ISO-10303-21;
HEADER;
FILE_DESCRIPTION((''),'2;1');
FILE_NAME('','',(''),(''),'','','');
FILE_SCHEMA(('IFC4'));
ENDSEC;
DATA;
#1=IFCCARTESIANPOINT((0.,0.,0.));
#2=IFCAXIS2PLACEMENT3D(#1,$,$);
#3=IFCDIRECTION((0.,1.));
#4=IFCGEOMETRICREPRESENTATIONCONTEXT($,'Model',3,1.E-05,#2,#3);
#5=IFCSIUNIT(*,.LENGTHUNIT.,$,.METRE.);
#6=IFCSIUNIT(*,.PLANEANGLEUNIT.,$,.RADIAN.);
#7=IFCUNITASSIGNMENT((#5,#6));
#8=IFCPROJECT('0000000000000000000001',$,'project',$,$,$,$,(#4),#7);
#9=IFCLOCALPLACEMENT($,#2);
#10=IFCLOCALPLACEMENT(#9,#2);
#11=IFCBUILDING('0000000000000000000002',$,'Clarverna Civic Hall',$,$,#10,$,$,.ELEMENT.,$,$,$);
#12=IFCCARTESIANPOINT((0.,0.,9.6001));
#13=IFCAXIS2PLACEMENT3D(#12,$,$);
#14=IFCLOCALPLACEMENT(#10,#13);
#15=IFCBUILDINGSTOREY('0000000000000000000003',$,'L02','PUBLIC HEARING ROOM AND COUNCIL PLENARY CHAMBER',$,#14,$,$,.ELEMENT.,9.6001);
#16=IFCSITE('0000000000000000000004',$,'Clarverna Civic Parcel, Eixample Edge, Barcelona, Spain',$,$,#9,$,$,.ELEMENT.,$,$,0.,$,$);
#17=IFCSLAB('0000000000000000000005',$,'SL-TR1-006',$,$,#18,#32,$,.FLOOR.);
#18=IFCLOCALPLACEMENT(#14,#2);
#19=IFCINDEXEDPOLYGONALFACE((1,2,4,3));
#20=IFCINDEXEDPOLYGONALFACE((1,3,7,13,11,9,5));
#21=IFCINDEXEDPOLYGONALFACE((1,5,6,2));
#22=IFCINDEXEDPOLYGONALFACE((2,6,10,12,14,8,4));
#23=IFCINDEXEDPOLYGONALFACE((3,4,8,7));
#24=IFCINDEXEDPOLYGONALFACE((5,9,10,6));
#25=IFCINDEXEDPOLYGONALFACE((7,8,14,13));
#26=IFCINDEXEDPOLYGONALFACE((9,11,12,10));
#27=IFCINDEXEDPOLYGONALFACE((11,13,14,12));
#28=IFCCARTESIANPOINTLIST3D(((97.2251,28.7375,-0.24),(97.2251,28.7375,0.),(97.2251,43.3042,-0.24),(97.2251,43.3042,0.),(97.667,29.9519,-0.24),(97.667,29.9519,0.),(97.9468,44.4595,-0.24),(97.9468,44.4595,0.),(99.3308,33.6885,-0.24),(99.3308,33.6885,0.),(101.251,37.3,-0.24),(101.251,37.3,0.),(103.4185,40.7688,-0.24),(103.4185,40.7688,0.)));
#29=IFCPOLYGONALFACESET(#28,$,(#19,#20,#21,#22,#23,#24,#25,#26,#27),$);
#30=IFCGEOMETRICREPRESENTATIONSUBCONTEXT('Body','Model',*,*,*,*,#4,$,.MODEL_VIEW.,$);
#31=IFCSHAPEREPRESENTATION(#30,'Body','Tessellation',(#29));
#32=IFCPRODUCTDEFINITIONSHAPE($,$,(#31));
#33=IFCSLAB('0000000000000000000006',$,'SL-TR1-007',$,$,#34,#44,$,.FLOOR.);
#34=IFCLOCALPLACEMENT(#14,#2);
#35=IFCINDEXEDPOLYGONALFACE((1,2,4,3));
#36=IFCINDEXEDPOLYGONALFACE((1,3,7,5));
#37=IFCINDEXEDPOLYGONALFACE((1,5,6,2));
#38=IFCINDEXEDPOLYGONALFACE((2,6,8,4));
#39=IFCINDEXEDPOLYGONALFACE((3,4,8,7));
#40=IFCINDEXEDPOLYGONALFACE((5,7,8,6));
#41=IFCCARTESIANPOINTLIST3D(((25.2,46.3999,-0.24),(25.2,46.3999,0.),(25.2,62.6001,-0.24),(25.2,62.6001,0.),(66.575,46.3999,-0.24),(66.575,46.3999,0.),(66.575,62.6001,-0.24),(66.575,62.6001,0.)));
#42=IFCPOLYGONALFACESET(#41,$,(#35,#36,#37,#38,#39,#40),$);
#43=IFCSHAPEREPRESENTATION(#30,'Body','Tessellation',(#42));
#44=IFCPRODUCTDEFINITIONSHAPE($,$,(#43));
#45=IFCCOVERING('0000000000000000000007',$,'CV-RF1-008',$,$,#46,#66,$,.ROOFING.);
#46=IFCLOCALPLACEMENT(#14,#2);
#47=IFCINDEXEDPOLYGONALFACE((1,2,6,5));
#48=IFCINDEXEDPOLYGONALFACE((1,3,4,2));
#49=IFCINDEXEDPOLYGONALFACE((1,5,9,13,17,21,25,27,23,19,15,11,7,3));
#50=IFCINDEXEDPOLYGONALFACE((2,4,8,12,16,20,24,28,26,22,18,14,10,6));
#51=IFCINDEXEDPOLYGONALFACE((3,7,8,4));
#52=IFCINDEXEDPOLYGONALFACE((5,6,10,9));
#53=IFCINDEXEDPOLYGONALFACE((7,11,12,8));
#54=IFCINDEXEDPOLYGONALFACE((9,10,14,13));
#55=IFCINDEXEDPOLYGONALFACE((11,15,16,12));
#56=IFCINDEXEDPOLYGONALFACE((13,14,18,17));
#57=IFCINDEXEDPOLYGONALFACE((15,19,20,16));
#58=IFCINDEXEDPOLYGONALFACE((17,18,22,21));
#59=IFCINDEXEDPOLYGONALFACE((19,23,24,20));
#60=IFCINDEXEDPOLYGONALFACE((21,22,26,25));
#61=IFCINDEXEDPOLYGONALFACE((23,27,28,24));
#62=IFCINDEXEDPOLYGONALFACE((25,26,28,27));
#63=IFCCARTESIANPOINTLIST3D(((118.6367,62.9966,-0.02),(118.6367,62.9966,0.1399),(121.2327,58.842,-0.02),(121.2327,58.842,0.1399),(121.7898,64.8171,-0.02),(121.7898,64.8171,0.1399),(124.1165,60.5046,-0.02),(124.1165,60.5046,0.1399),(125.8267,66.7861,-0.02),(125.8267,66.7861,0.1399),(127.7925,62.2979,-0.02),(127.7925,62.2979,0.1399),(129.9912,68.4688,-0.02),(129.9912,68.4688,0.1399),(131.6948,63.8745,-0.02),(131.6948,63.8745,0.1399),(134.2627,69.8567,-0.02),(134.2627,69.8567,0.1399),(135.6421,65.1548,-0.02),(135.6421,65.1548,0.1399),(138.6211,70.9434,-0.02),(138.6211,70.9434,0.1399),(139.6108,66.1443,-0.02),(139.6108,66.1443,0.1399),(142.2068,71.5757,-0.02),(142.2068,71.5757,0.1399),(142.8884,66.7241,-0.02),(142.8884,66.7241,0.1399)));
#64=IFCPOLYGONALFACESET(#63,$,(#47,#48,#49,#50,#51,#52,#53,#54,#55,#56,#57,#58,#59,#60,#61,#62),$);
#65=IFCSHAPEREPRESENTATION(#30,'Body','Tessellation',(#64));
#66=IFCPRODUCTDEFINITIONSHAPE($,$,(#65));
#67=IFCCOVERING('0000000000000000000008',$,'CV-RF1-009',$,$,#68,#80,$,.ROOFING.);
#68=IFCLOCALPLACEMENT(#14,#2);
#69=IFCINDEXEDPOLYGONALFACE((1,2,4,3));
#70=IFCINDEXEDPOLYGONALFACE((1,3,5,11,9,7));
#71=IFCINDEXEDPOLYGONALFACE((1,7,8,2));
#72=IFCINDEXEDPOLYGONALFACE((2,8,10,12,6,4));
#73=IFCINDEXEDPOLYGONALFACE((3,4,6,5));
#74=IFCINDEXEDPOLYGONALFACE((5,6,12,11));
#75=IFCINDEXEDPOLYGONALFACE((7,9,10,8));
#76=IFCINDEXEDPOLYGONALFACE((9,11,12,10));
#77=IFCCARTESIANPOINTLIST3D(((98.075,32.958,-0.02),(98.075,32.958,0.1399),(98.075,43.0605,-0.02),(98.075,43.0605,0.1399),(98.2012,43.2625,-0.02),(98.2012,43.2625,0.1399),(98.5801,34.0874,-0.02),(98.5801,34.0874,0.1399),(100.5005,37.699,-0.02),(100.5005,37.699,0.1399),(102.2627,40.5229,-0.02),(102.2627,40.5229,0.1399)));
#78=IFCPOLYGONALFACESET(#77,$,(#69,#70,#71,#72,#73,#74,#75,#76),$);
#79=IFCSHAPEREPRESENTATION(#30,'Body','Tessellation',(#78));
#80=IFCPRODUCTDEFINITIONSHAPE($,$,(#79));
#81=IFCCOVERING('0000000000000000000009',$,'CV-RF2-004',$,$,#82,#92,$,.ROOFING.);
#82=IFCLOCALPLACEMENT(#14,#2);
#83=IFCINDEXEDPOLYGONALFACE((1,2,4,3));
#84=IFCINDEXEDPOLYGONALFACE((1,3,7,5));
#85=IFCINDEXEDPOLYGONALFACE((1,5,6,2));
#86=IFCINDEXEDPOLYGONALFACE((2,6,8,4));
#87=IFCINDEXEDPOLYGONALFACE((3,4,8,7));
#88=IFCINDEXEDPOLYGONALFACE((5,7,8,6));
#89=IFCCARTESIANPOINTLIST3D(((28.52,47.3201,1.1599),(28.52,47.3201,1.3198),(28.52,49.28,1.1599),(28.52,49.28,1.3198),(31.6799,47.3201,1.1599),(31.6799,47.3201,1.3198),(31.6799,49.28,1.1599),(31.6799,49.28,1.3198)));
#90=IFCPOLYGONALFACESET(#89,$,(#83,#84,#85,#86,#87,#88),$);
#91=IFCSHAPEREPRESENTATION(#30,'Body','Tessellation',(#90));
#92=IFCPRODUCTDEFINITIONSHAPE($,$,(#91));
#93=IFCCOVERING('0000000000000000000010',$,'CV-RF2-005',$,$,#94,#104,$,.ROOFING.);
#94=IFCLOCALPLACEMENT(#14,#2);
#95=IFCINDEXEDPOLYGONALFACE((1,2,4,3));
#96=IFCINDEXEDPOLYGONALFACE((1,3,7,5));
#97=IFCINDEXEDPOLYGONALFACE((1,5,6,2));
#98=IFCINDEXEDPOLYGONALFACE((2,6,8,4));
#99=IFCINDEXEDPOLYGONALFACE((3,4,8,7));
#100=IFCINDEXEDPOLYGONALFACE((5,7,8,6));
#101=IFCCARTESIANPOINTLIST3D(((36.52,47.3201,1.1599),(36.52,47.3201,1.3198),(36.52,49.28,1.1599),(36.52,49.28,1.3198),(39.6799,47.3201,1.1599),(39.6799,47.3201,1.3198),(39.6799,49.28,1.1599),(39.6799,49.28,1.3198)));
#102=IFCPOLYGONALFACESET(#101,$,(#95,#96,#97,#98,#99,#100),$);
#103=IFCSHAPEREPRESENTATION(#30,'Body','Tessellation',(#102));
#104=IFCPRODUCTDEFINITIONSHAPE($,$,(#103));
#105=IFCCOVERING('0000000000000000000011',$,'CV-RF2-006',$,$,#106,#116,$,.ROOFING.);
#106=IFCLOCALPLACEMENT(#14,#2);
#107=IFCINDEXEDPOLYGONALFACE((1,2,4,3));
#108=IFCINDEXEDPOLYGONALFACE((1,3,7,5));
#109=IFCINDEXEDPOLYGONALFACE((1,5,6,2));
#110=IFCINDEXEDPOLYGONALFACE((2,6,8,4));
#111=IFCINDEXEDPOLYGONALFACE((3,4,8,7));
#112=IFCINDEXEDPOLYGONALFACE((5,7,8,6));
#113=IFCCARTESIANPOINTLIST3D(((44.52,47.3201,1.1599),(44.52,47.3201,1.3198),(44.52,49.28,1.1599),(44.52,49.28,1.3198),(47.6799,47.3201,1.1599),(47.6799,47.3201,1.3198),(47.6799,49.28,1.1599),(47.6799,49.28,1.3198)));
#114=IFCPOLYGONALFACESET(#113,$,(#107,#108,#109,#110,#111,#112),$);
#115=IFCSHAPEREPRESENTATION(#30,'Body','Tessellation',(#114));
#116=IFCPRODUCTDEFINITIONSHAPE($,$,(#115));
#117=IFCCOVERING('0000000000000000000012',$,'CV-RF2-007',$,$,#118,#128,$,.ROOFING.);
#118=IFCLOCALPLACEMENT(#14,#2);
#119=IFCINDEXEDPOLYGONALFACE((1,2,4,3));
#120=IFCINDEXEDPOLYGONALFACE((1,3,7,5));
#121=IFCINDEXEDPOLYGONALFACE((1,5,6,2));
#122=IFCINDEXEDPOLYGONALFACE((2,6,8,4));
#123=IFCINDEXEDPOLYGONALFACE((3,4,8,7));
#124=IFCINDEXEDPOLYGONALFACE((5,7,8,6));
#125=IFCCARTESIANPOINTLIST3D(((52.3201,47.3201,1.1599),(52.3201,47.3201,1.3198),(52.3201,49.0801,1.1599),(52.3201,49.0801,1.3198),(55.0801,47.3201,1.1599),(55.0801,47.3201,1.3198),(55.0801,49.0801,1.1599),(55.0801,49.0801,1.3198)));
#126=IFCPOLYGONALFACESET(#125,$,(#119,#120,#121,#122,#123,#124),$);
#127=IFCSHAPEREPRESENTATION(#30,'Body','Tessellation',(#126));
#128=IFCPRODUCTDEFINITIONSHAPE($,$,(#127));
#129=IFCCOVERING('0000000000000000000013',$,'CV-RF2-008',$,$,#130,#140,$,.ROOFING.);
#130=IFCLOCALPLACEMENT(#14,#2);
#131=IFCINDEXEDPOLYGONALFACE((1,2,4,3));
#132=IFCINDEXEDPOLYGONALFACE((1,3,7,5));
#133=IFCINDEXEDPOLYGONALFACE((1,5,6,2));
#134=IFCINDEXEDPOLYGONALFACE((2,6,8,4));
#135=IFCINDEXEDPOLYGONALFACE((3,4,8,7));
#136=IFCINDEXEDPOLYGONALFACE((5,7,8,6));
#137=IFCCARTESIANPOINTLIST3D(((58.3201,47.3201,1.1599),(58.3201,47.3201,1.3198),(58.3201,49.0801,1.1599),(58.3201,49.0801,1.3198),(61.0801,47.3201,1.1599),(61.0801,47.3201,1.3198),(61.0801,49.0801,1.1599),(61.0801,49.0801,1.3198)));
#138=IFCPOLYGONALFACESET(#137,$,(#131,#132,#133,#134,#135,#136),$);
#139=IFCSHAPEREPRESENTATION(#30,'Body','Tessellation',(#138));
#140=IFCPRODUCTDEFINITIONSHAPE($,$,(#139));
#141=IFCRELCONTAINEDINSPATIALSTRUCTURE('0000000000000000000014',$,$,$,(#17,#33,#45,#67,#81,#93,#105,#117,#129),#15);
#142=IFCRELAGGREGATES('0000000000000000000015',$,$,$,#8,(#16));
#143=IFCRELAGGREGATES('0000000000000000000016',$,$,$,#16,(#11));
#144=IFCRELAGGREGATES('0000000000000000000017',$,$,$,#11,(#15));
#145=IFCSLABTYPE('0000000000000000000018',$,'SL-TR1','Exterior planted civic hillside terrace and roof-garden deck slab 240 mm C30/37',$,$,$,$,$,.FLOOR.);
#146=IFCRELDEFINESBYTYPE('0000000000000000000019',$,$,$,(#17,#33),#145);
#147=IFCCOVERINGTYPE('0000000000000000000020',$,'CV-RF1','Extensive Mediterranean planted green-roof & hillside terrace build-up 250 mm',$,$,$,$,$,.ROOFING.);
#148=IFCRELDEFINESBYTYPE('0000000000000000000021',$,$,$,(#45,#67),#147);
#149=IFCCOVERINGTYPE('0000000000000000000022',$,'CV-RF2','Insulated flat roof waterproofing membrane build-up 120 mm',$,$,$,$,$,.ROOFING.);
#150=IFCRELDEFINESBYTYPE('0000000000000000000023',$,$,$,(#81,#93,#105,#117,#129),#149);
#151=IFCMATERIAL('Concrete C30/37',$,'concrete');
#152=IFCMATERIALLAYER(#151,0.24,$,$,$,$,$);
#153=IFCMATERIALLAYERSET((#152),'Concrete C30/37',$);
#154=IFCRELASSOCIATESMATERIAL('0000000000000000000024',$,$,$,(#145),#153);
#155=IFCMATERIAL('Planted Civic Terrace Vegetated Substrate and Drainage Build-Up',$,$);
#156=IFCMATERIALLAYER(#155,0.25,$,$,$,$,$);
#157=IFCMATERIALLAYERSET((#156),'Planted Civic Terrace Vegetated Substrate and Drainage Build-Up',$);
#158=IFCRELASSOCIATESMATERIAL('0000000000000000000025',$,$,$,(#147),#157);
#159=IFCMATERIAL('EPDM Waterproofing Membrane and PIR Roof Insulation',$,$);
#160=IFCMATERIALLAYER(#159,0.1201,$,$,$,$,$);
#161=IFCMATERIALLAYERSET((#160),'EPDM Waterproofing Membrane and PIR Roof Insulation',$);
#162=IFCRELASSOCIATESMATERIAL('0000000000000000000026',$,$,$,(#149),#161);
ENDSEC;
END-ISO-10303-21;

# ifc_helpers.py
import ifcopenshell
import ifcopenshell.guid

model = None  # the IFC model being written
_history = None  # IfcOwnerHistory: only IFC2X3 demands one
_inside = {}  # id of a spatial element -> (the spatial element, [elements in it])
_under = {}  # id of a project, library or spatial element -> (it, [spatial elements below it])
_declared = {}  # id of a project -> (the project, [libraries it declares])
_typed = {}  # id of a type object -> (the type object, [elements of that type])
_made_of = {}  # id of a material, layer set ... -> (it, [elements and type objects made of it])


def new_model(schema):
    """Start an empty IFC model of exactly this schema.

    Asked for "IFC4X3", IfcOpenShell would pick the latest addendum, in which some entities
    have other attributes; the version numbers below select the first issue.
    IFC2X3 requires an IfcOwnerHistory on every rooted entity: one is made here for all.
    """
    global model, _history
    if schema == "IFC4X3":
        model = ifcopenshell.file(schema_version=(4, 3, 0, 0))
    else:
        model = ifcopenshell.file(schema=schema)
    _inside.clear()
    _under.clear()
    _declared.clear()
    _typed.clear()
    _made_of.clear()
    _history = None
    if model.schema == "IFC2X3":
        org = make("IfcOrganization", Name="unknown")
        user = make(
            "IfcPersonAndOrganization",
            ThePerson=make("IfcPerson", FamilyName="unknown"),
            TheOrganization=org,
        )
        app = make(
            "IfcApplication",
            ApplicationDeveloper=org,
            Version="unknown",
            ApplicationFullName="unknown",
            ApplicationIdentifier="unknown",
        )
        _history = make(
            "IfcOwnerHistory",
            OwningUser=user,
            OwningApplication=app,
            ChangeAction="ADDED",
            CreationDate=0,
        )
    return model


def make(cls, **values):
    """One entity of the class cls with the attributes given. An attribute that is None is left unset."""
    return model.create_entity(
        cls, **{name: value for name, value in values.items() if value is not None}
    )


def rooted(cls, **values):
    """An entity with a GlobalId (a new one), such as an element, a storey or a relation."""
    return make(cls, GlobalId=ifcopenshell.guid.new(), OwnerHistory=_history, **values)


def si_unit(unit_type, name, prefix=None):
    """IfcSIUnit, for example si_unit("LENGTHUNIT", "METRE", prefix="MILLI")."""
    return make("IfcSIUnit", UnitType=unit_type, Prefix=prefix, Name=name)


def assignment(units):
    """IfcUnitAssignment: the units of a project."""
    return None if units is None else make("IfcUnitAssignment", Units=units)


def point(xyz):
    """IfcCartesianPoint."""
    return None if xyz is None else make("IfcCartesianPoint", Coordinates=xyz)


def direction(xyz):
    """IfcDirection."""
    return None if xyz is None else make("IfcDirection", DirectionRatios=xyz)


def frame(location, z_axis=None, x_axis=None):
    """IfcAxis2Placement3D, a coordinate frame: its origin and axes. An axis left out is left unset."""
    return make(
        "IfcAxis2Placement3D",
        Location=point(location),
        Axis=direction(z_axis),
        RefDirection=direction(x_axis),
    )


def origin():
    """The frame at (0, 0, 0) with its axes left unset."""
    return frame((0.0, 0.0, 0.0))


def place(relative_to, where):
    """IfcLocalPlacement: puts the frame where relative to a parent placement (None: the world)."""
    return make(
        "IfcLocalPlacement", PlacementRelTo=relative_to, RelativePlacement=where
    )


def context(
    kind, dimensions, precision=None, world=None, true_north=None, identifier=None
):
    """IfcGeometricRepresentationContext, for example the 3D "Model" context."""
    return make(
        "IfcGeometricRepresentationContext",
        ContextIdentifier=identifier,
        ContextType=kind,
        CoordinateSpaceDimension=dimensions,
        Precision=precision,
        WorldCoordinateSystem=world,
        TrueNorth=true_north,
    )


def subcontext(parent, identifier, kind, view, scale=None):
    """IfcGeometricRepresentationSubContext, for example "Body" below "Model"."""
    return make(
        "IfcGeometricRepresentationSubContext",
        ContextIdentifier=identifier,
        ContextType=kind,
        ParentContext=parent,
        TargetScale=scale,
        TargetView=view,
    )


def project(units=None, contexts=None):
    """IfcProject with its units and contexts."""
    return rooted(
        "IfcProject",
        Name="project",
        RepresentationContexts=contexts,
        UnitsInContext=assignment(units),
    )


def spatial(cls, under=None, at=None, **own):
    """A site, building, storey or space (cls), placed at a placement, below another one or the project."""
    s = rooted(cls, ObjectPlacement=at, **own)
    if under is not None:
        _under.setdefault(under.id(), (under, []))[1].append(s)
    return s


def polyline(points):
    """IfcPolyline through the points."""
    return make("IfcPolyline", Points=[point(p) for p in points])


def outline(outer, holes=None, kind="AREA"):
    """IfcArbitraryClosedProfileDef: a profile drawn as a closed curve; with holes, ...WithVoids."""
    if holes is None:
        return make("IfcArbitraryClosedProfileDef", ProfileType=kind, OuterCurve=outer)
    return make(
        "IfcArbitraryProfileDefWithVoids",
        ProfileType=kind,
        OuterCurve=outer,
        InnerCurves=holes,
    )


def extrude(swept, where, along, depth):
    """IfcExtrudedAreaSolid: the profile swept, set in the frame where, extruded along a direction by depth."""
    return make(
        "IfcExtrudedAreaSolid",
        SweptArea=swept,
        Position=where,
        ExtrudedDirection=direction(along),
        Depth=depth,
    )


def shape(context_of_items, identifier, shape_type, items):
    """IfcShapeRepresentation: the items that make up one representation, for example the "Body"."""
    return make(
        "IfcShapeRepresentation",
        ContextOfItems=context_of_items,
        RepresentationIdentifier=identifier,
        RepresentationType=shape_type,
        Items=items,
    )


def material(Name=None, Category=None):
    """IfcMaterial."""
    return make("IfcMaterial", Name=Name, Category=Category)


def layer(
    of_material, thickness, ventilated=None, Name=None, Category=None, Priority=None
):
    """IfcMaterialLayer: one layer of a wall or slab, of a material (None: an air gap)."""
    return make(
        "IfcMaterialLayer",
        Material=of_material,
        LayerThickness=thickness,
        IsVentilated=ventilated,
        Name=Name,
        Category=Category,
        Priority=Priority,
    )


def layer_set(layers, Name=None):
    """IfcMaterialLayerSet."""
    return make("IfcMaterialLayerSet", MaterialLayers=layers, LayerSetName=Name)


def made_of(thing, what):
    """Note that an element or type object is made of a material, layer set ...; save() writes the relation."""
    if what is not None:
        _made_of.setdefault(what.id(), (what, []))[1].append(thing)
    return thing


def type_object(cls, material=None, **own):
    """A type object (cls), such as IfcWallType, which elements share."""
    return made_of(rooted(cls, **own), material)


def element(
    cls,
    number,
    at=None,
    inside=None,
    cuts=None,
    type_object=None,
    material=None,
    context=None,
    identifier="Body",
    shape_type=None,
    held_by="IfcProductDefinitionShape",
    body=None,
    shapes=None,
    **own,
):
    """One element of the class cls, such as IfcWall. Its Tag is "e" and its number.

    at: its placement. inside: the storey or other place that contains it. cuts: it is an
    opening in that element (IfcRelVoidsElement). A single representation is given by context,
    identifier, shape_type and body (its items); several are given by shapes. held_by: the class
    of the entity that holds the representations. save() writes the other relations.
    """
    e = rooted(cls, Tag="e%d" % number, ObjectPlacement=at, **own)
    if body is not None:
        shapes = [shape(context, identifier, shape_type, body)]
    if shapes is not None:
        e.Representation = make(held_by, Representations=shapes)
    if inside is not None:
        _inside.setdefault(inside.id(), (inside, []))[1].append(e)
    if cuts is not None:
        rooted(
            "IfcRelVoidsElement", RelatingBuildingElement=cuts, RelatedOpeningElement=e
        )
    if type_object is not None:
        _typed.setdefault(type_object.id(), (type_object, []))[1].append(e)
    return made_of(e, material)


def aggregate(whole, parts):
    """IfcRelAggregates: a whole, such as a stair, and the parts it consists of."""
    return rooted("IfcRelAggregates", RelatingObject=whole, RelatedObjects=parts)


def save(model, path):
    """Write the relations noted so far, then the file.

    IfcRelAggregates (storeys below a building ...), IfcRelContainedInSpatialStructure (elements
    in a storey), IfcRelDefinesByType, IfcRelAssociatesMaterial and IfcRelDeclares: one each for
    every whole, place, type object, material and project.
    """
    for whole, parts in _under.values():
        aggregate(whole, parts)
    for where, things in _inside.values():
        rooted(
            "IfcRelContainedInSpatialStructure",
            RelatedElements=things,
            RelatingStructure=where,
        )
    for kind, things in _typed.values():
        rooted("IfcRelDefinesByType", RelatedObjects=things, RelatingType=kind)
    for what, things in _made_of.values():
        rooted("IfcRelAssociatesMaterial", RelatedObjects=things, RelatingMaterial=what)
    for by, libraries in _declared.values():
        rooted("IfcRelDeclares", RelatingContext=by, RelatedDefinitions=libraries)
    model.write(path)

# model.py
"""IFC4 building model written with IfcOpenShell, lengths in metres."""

from ifc_helpers import new_model, si_unit, direction, frame, origin, place, context, subcontext, project, spatial, polyline, outline, extrude, material, layer, layer_set, type_object, element, save


model = new_model("IFC4")

# Units and contexts
model_context = context("Model", 3, precision=1e-05, world=origin(), true_north=direction((0.0, 1.0)))
body_context = subcontext(model_context, "Body", "Model", "MODEL_VIEW")
ifc_project = project(units=[si_unit("LENGTHUNIT", "METRE"), si_unit("PLANEANGLEUNIT", "RADIAN")], contexts=[model_context])

# Site, building, storey
site_placement = place(None, origin())
site = spatial("IfcSite", under=ifc_project, at=site_placement, Name="Clarverna Civic Parcel, Eixample Edge, Barcelona, Spain", CompositionType="ELEMENT", RefElevation=0.0)
building_placement = place(site_placement, origin())
building = spatial("IfcBuilding", under=site, at=building_placement, Name="Clarverna Civic Hall", CompositionType="ELEMENT")
storey_placement = place(building_placement, frame((0.0, 0.0, 9.6001)))
storey = spatial("IfcBuildingStorey", under=building, at=storey_placement, Name="L02", Description="PUBLIC HEARING ROOM AND COUNCIL PLENARY CHAMBER", CompositionType="ELEMENT", Elevation=9.6001)

# Shared definitions
ifc_material_1 = material(Name="Concrete C30/37", Category="concrete")

# Slabs
ifc_layer_1 = layer(ifc_material_1, 0.24)
ifc_layer_set_1 = layer_set([ifc_layer_1], Name="Concrete C30/37")
slab_type_1 = type_object("IfcSlabType", Name="SL-TR1", Description="Exterior planted civic hillside terrace and roof-garden deck slab 240 mm C30/37", PredefinedType="FLOOR", material=ifc_layer_set_1)
slab_1_placement = place(storey_placement, frame((0.0, 0.0, -0.24)))
element("IfcSlab", 1, at=slab_1_placement, inside=storey, type_object=slab_type_1, Name="SL-TR1-006", PredefinedType="FLOOR", context=body_context, shape_type="SweptSolid", body=[
    extrude(outline(polyline([(99.3308, 33.6885), (101.251, 37.3), (103.4185, 40.7688), (97.9468, 44.4595), (97.2251, 43.3042), (97.2251, 28.7375), (97.667, 29.9519), (99.3308, 33.6885)])), origin(), (0.0, 0.0, 1.0), 0.24),
])
slab_2_placement = place(storey_placement, frame((0.0, 0.0, -0.24)))
element("IfcSlab", 2, at=slab_2_placement, inside=storey, type_object=slab_type_1, Name="SL-TR1-007", PredefinedType="FLOOR", context=body_context, shape_type="SweptSolid", body=[
    extrude(outline(polyline([(25.2, 46.3999), (66.575, 46.3999), (66.575, 62.6001), (25.2, 62.6001), (25.2, 46.3999)])), origin(), (0.0, 0.0, 1.0), 0.24),
])

# Coverings
ifc_material_2 = material(Name="Planted Civic Terrace Vegetated Substrate and Drainage Build-Up")
ifc_layer_2 = layer(ifc_material_2, 0.25)
ifc_layer_set_2 = layer_set([ifc_layer_2], Name="Planted Civic Terrace Vegetated Substrate and Drainage Build-Up")
covering_type_1 = type_object("IfcCoveringType", Name="CV-RF1", Description="Extensive Mediterranean planted green-roof & hillside terrace build-up 250 mm", PredefinedType="ROOFING", material=ifc_layer_set_2)
covering_1_placement = place(storey_placement, frame((0.0, 0.0, -0.02)))
element("IfcCovering", 3, at=covering_1_placement, inside=storey, type_object=covering_type_1, Name="CV-RF1-008", PredefinedType="ROOFING", context=body_context, shape_type="SweptSolid", body=[
    extrude(outline(polyline([(131.6948, 63.8745), (127.7925, 62.2979), (124.1165, 60.5046), (121.2327, 58.842), (118.6367, 62.9966), (121.7898, 64.8171), (125.8267, 66.7861), (129.9912, 68.4688), (134.2627, 69.8567), (138.6211, 70.9434), (142.2068, 71.5757), (142.8884, 66.7241), (139.6108, 66.1443), (135.6421, 65.1548), (131.6948, 63.8745)])), origin(), (0.0, 0.0, 1.0), 0.1599),
])
covering_2_placement = place(storey_placement, frame((0.0, 0.0, -0.02)))
element("IfcCovering", 4, at=covering_2_placement, inside=storey, type_object=covering_type_1, Name="CV-RF1-009", PredefinedType="ROOFING", context=body_context, shape_type="SweptSolid", body=[
    extrude(outline(polyline([(98.075, 32.958), (98.075, 43.0605), (98.2012, 43.2625), (102.2627, 40.5229), (100.5005, 37.699), (98.5801, 34.0874), (98.075, 32.958)])), origin(), (0.0, 0.0, 1.0), 0.1599),
])
ifc_material_3 = material(Name="EPDM Waterproofing Membrane and PIR Roof Insulation")
ifc_layer_3 = layer(ifc_material_3, 0.1201)
ifc_layer_set_3 = layer_set([ifc_layer_3], Name="EPDM Waterproofing Membrane and PIR Roof Insulation")
covering_type_2 = type_object("IfcCoveringType", Name="CV-RF2", Description="Insulated flat roof waterproofing membrane build-up 120 mm", PredefinedType="ROOFING", material=ifc_layer_set_3)
covering_3_placement = place(storey_placement, frame((0.0, 0.0, 1.1599)))
element("IfcCovering", 5, at=covering_3_placement, inside=storey, type_object=covering_type_2, Name="CV-RF2-004", PredefinedType="ROOFING", context=body_context, shape_type="SweptSolid", body=[
    extrude(outline(polyline([(28.52, 47.3201), (31.6799, 47.3201), (31.6799, 49.28), (28.52, 49.28), (28.52, 47.3201)])), origin(), (0.0, 0.0, 1.0), 0.1599),
])
covering_4_placement = place(storey_placement, frame((0.0, 0.0, 1.1599)))
element("IfcCovering", 6, at=covering_4_placement, inside=storey, type_object=covering_type_2, Name="CV-RF2-005", PredefinedType="ROOFING", context=body_context, shape_type="SweptSolid", body=[
    extrude(outline(polyline([(36.52, 47.3201), (39.6799, 47.3201), (39.6799, 49.28), (36.52, 49.28), (36.52, 47.3201)])), origin(), (0.0, 0.0, 1.0), 0.1599),
])
covering_5_placement = place(storey_placement, frame((0.0, 0.0, 1.1599)))
element("IfcCovering", 7, at=covering_5_placement, inside=storey, type_object=covering_type_2, Name="CV-RF2-006", PredefinedType="ROOFING", context=body_context, shape_type="SweptSolid", body=[
    extrude(outline(polyline([(44.52, 47.3201), (47.6799, 47.3201), (47.6799, 49.28), (44.52, 49.28), (44.52, 47.3201)])), origin(), (0.0, 0.0, 1.0), 0.1599),
])
covering_6_placement = place(storey_placement, frame((0.0, 0.0, 1.1599)))
element("IfcCovering", 8, at=covering_6_placement, inside=storey, type_object=covering_type_2, Name="CV-RF2-007", PredefinedType="ROOFING", context=body_context, shape_type="SweptSolid", body=[
    extrude(outline(polyline([(52.3201, 47.3201), (55.0801, 47.3201), (55.0801, 49.0801), (52.3201, 49.0801), (52.3201, 47.3201)])), origin(), (0.0, 0.0, 1.0), 0.1599),
])
covering_7_placement = place(storey_placement, frame((0.0, 0.0, 1.1599)))
element("IfcCovering", 9, at=covering_7_placement, inside=storey, type_object=covering_type_2, Name="CV-RF2-008", PredefinedType="ROOFING", context=body_context, shape_type="SweptSolid", body=[
    extrude(outline(polyline([(58.3201, 47.3201), (61.0801, 47.3201), (61.0801, 49.0801), (58.3201, 49.0801), (58.3201, 47.3201)])), origin(), (0.0, 0.0, 1.0), 0.1599),
])

save(model, "model.ifc")
